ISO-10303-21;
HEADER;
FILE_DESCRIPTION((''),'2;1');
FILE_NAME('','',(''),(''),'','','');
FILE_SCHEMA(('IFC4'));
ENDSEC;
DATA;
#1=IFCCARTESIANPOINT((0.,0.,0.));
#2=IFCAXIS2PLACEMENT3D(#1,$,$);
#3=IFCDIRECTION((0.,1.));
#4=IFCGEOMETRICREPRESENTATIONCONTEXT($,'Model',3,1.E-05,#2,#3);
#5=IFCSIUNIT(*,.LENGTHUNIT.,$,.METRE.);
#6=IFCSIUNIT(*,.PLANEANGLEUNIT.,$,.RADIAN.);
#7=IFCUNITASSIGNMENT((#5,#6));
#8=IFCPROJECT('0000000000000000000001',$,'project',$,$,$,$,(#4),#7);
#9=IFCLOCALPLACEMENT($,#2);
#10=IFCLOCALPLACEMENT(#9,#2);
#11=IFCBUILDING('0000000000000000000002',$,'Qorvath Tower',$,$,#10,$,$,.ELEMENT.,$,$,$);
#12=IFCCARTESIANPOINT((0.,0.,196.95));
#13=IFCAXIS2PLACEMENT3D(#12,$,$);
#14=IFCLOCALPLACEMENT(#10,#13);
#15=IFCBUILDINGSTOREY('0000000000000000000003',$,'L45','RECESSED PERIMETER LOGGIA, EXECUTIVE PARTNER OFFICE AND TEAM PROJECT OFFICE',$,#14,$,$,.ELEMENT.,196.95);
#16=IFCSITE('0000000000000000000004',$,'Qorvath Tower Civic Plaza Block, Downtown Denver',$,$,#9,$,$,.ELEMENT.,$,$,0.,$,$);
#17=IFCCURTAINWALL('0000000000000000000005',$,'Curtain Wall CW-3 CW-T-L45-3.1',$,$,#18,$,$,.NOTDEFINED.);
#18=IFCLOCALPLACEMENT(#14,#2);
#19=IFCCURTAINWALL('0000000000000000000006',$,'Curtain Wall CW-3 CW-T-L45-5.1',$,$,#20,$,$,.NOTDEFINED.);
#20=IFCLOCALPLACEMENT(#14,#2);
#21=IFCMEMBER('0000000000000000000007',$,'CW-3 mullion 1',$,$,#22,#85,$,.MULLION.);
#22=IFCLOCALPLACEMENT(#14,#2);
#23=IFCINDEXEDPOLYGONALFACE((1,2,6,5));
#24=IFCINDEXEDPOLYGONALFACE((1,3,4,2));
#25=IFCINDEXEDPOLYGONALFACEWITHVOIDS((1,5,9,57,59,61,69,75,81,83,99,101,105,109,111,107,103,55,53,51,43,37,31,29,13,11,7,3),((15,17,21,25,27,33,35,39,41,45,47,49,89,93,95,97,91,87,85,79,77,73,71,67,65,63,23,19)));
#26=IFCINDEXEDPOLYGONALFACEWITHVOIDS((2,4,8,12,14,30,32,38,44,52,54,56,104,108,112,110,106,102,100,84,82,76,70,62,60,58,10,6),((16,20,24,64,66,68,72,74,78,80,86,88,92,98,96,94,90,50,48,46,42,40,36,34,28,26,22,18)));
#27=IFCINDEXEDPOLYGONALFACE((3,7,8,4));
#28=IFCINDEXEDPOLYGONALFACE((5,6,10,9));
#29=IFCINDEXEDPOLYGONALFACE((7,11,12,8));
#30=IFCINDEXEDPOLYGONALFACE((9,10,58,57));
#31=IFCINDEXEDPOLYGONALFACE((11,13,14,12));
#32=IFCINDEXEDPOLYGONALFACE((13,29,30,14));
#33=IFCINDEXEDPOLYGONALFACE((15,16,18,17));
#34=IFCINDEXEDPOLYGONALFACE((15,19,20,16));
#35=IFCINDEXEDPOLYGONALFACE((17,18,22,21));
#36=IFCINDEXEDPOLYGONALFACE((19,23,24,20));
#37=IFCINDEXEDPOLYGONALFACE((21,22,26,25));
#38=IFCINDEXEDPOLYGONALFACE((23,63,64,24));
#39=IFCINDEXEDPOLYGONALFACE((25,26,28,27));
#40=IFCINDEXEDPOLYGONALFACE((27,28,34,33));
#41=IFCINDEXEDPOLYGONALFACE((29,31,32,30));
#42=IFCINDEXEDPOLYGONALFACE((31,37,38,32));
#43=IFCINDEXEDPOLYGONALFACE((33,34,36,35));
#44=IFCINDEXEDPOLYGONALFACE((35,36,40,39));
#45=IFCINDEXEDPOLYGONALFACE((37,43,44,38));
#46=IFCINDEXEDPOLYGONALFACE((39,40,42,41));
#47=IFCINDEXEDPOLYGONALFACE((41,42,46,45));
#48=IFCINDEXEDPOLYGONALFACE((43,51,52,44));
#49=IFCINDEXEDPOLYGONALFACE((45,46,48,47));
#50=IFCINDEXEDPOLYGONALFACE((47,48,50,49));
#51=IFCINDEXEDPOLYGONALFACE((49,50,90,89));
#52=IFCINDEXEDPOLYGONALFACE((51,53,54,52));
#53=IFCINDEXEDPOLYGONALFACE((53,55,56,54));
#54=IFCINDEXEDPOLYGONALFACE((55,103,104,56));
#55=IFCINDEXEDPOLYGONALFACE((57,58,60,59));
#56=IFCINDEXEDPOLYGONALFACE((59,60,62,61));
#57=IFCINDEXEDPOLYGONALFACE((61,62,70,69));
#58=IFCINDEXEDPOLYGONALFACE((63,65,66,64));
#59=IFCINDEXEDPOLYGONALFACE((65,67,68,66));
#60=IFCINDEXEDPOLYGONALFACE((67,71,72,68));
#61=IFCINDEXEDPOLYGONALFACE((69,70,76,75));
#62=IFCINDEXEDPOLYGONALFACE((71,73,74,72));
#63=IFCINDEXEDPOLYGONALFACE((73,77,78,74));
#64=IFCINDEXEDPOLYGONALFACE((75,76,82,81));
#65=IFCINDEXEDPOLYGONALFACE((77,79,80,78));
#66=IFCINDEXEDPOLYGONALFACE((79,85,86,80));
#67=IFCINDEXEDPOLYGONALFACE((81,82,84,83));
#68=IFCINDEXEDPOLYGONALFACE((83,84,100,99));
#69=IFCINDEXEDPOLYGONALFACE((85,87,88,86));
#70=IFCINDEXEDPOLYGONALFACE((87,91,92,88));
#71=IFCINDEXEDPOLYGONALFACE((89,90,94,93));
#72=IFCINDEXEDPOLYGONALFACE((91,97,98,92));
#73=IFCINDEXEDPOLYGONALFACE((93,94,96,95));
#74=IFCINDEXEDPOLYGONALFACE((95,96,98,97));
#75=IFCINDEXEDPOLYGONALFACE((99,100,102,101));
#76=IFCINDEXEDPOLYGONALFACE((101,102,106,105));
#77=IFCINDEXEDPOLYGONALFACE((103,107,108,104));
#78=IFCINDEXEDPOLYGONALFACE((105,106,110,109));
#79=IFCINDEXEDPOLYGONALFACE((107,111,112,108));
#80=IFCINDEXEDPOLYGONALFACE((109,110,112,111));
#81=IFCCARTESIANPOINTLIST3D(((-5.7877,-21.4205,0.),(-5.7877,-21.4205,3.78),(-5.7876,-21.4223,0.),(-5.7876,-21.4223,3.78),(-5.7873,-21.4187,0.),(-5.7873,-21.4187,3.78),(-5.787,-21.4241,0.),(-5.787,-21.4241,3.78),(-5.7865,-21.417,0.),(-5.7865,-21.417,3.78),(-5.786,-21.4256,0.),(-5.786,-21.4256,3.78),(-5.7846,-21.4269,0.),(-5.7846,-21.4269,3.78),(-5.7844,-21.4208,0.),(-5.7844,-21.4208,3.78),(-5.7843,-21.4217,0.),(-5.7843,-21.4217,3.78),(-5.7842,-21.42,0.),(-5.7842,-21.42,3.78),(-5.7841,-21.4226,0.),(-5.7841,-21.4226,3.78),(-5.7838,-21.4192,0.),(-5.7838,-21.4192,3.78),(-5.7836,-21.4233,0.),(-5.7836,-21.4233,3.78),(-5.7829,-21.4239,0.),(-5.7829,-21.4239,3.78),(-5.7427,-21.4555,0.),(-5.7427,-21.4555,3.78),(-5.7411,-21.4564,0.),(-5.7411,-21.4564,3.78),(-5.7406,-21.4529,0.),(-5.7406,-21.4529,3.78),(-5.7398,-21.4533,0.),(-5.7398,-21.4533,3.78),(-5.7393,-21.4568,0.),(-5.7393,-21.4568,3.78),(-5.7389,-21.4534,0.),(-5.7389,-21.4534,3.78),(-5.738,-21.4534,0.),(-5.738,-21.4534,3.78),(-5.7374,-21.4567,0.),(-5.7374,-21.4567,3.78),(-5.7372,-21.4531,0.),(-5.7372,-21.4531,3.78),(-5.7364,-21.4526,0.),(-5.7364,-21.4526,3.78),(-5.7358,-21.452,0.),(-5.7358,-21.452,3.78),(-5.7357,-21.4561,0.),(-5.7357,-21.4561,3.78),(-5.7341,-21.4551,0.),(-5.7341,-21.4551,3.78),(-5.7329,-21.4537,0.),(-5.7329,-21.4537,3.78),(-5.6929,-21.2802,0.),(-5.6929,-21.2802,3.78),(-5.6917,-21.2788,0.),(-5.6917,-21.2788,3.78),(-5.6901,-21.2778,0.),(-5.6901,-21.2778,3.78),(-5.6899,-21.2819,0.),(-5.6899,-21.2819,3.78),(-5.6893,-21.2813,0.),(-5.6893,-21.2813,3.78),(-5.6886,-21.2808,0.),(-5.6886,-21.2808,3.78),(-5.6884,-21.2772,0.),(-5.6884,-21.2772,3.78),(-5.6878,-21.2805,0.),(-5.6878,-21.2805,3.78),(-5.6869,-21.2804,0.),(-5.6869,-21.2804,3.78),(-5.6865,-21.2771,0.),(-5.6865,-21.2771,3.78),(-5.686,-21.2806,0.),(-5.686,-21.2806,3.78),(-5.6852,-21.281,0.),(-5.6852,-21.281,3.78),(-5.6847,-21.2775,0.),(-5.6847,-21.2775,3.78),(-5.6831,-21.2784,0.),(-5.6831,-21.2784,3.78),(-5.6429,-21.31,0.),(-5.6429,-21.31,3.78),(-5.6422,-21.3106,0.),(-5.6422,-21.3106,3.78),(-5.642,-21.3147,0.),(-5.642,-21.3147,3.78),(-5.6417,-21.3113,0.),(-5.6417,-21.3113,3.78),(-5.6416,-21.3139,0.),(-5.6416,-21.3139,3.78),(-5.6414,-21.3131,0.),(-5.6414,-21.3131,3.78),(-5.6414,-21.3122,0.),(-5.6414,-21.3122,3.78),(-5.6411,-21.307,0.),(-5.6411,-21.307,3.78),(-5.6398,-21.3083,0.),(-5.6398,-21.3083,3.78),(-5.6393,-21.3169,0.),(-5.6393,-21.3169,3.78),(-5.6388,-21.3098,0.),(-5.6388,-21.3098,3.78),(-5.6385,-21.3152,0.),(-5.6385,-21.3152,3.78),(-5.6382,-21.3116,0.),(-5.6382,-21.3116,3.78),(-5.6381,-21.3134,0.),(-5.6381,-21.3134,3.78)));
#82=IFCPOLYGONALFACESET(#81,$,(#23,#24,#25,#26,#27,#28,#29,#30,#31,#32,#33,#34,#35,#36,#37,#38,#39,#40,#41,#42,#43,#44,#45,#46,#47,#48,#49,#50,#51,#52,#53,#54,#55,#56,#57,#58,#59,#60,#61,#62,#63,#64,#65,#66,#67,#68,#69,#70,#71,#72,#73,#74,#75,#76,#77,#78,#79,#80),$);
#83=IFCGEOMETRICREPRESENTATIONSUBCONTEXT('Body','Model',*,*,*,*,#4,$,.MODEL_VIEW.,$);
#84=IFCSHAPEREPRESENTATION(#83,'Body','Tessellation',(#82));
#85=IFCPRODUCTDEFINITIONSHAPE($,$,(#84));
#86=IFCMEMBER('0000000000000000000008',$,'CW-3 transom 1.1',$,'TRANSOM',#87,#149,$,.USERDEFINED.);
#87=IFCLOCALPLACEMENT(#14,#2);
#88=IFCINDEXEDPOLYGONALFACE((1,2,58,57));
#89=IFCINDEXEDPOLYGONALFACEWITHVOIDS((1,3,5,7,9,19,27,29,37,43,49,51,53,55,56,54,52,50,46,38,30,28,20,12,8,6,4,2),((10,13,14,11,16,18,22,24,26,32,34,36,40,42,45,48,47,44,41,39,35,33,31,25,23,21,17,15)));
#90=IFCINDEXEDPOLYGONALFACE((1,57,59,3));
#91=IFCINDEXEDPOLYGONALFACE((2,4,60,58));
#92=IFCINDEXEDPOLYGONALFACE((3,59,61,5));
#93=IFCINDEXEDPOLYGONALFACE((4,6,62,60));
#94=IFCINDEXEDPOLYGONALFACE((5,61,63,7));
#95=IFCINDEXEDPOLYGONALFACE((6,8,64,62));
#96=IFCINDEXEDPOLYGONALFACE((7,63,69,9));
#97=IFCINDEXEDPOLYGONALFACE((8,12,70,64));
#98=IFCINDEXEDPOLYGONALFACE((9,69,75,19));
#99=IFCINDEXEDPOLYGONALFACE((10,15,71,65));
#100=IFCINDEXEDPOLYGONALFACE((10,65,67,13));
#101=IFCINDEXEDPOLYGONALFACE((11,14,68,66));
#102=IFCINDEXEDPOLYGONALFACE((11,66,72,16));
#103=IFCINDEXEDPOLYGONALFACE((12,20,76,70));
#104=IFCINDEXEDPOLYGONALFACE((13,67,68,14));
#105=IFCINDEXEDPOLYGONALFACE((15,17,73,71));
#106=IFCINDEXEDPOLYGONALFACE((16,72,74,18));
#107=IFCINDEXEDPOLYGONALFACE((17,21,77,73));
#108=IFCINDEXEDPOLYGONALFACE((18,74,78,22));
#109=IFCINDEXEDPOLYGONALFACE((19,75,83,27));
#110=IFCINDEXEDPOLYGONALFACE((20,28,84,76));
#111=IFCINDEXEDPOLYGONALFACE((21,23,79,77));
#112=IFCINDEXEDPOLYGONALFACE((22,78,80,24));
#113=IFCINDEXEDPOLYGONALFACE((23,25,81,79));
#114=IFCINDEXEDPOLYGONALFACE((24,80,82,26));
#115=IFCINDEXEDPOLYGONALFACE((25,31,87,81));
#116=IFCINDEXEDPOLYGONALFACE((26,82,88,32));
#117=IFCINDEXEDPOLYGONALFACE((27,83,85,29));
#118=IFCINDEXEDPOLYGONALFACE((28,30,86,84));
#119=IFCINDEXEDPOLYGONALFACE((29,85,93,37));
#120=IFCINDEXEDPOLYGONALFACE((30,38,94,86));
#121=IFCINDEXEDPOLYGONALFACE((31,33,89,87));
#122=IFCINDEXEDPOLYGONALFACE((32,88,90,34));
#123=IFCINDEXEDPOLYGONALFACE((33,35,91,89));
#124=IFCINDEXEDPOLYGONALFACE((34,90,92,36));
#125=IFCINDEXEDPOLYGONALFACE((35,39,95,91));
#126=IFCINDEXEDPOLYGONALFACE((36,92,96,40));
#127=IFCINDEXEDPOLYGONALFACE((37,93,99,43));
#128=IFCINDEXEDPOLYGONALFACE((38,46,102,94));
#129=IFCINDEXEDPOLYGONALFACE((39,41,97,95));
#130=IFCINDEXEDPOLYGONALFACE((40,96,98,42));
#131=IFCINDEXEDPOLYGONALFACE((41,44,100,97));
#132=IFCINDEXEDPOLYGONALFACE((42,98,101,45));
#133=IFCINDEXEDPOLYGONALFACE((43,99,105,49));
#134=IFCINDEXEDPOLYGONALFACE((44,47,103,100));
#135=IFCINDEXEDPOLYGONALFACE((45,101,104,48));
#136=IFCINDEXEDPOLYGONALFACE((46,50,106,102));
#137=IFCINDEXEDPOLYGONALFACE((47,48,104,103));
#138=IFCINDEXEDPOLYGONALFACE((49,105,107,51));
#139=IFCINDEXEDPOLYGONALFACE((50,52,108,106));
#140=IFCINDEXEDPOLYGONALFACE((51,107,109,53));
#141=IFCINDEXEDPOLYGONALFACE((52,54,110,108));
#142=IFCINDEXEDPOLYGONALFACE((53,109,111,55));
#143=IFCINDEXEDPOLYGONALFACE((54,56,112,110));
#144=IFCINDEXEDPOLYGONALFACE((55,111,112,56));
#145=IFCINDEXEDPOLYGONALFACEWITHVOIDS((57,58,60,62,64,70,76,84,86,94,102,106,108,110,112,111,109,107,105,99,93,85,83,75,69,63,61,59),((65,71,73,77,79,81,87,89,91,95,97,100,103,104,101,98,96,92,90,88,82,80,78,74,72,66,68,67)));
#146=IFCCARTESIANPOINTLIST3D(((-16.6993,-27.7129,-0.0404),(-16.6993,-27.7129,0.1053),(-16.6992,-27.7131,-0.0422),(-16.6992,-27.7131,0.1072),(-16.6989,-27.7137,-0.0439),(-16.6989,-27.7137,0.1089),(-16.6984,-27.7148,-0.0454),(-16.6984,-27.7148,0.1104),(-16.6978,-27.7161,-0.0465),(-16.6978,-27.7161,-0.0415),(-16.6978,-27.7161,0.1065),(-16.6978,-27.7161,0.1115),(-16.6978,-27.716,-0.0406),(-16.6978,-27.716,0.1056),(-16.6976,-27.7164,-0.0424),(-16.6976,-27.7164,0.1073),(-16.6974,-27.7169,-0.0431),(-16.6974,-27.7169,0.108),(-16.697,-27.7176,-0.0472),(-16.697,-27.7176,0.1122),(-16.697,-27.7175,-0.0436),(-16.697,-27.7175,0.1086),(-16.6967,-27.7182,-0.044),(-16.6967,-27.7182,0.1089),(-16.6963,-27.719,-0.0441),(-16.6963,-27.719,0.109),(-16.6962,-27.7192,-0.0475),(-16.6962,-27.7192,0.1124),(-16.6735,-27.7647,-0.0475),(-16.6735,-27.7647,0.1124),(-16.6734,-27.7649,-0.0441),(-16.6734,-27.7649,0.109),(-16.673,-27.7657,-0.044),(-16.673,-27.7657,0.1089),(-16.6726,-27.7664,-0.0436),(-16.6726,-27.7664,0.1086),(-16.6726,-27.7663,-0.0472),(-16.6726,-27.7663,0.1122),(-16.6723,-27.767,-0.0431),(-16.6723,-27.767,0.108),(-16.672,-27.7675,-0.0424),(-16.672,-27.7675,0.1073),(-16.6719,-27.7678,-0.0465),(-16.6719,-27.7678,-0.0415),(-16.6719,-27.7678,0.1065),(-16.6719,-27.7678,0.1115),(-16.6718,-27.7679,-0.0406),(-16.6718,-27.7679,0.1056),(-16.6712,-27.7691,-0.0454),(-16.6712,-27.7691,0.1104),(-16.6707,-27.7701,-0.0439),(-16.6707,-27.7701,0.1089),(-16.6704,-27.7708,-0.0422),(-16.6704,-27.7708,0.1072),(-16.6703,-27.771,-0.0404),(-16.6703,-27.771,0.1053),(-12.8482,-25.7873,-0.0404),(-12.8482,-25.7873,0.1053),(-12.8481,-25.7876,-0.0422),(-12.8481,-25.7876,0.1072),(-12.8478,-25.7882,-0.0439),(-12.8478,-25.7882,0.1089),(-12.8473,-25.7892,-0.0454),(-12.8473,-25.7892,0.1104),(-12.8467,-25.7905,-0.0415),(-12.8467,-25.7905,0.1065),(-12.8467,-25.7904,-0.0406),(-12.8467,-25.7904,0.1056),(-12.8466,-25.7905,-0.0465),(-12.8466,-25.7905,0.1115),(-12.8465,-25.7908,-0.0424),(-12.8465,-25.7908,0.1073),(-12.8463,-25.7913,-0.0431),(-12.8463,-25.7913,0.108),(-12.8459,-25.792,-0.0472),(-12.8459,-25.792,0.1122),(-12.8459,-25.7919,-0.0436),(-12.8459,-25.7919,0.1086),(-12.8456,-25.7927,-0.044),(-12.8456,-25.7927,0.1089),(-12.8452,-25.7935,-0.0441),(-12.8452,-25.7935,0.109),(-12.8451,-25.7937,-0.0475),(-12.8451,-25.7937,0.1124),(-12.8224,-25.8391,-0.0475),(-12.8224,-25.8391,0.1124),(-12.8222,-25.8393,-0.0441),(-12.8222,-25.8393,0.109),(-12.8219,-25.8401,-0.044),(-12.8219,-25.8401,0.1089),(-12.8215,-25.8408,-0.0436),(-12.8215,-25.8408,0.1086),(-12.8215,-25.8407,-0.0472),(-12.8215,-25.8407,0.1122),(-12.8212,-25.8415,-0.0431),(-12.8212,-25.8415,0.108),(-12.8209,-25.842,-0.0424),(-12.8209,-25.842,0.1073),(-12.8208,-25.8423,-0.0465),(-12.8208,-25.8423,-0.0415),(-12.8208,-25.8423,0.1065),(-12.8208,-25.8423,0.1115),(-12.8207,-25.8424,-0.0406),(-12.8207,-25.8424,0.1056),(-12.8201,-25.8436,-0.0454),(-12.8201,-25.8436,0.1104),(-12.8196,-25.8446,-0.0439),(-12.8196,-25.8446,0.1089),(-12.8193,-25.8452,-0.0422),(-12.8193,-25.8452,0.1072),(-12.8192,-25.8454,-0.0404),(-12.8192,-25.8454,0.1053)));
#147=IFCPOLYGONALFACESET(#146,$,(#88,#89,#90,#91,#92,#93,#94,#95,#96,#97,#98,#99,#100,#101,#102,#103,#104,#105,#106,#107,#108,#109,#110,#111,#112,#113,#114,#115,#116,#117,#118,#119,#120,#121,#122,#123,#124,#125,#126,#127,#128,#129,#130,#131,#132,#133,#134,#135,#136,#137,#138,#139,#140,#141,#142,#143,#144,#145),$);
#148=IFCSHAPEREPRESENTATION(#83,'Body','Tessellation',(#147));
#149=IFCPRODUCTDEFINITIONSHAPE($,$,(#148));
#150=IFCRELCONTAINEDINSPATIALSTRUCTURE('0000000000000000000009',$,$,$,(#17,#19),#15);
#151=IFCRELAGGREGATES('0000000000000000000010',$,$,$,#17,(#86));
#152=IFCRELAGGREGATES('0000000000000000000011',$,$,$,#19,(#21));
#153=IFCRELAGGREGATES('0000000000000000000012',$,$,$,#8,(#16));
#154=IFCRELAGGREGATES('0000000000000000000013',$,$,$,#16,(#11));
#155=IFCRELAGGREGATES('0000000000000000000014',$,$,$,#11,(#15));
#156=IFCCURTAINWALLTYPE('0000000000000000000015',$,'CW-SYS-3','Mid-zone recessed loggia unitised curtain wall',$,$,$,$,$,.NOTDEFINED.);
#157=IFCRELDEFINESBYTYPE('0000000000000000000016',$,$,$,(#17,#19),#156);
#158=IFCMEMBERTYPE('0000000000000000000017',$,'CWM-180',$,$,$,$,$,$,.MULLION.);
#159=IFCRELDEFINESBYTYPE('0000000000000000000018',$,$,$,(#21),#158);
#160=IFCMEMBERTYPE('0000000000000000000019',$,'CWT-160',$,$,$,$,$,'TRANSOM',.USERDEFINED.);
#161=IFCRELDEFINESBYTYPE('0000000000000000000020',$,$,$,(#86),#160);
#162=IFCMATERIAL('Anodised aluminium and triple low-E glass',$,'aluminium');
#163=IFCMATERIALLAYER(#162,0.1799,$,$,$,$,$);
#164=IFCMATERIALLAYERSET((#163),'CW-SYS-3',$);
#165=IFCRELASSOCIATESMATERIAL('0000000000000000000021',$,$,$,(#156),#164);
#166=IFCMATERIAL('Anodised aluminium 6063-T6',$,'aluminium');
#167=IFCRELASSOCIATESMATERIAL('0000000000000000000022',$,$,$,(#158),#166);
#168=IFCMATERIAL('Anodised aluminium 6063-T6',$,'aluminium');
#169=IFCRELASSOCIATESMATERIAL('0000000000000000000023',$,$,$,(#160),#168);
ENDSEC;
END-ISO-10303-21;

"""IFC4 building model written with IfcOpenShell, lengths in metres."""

from ifc_helpers import new_model, si_unit, direction, frame, origin, origin_2d, place, context, subcontext, project, spatial, hollow_rectangle, extrude, material, layer, layer_set, material_profile, profile_set, type_object, element, aggregate, save


model = new_model("IFC4")

# Units and contexts
model_context = context("Model", 3, precision=1e-05, world=origin(), true_north=direction((0.0, 1.0)))
body_context = subcontext(model_context, "Body", "Model", "MODEL_VIEW")
ifc_project = project(units=[si_unit("LENGTHUNIT", "METRE"), si_unit("PLANEANGLEUNIT", "RADIAN")], contexts=[model_context])

# Site, building, storey
site_placement = place(None, origin())
site = spatial("IfcSite", under=ifc_project, at=site_placement, Name="Qorvath Tower Civic Plaza Block, Downtown Denver", CompositionType="ELEMENT", RefElevation=0.0)
building_placement = place(site_placement, origin())
building = spatial("IfcBuilding", under=site, at=building_placement, Name="Qorvath Tower", CompositionType="ELEMENT")
storey_placement = place(building_placement, frame((0.0, 0.0, 196.95)))
storey = spatial("IfcBuildingStorey", under=building, at=storey_placement, Name="L45", Description="RECESSED PERIMETER LOGGIA, EXECUTIVE PARTNER OFFICE AND TEAM PROJECT OFFICE", CompositionType="ELEMENT", Elevation=196.95)

# Shared definitions
ifc_material_1 = material(Name="Anodised aluminium and triple low-E glass", Category="aluminium")
ifc_layer_1 = layer(ifc_material_1, 0.1799)
ifc_layer_set_1 = layer_set([ifc_layer_1], Name="CW-SYS-3")
curtain_wall_type = type_object("IfcCurtainWallType", Name="CW-SYS-3", Description="Mid-zone recessed loggia unitised curtain wall", PredefinedType="NOTDEFINED", material=ifc_layer_set_1)
ifc_material_2 = material(Name="Anodised aluminium 6063-T6", Category="aluminium")
ifc_material_profile_1 = material_profile(ifc_material_2, hollow_rectangle(XDim=0.0649, YDim=0.1799, WallThickness=0.0034, InnerFilletRadius=0.0034, OuterFilletRadius=0.0071, at=origin_2d()), Name="CWM 180x65")
ifc_profile_set_1 = profile_set([ifc_material_profile_1], Name="Anodised aluminium 6063-T6")
member_type_1 = type_object("IfcMemberType", Name="CWM-180", PredefinedType="MULLION", material=ifc_profile_set_1)

# Curtain wall
curtain_wall_1_placement = place(storey_placement, origin())
curtain_wall_1 = element("IfcCurtainWall", 1, at=curtain_wall_1_placement, inside=storey, type_object=curtain_wall_type, Name="Curtain Wall CW-3 CW-T-L45-3.1", PredefinedType="NOTDEFINED")

# Curtain wall, member
curtain_wall_2_placement = place(storey_placement, origin())
curtain_wall_2 = element("IfcCurtainWall", 2, at=curtain_wall_2_placement, inside=storey, type_object=curtain_wall_type, Name="Curtain Wall CW-3 CW-T-L45-5.1", PredefinedType="NOTDEFINED")
member_1_placement = place(storey_placement, frame((-5.7129, -21.3669, 0.0), z_axis=(0.0, 0.0, 1.0), x_axis=(-0.825425, 0.564512, 0.0)))
member_1 = element("IfcMember", 3, at=member_1_placement, type_object=member_type_1, Name="CW-3 mullion 1", PredefinedType="MULLION", context=body_context, shape_type="SweptSolid", body=[
    extrude(hollow_rectangle(XDim=0.0649, YDim=0.1799, WallThickness=0.0034, InnerFilletRadius=0.0034, OuterFilletRadius=0.0071, at=origin_2d()), origin(), (0.0, 0.0, 1.0), 3.78),
])

# Member
ifc_material_3 = material(Name="Anodised aluminium 6063-T6", Category="aluminium")
ifc_material_profile_2 = material_profile(ifc_material_3, hollow_rectangle(XDim=0.0649, YDim=0.1599, WallThickness=0.0034, InnerFilletRadius=0.0034, OuterFilletRadius=0.0071, at=origin_2d()), Name="CWT 160x65")
ifc_profile_set_2 = profile_set([ifc_material_profile_2], Name="Anodised aluminium 6063-T6")
member_type_2 = type_object("IfcMemberType", Name="CWT-160", ElementType="TRANSOM", PredefinedType="USERDEFINED", material=ifc_profile_set_2)
member_2_placement = place(storey_placement, frame((-16.6848, -27.7419, 0.0325), z_axis=(0.894427, 0.447214, 0.0), x_axis=(-0.447214, 0.894427, 0.0)))
member_2 = element("IfcMember", 4, at=member_2_placement, type_object=member_type_2, Name="CW-3 transom 1.1", ObjectType="TRANSOM", PredefinedType="USERDEFINED", context=body_context, shape_type="SweptSolid", body=[
    extrude(hollow_rectangle(XDim=0.0649, YDim=0.1599, WallThickness=0.0034, InnerFilletRadius=0.0034, OuterFilletRadius=0.0071, at=origin_2d()), origin(), (0.0, 0.0, 1.0), 4.3057),
])

aggregate(curtain_wall_1, [member_2])
aggregate(curtain_wall_2, [member_1])

save(model, "model.ifc")
